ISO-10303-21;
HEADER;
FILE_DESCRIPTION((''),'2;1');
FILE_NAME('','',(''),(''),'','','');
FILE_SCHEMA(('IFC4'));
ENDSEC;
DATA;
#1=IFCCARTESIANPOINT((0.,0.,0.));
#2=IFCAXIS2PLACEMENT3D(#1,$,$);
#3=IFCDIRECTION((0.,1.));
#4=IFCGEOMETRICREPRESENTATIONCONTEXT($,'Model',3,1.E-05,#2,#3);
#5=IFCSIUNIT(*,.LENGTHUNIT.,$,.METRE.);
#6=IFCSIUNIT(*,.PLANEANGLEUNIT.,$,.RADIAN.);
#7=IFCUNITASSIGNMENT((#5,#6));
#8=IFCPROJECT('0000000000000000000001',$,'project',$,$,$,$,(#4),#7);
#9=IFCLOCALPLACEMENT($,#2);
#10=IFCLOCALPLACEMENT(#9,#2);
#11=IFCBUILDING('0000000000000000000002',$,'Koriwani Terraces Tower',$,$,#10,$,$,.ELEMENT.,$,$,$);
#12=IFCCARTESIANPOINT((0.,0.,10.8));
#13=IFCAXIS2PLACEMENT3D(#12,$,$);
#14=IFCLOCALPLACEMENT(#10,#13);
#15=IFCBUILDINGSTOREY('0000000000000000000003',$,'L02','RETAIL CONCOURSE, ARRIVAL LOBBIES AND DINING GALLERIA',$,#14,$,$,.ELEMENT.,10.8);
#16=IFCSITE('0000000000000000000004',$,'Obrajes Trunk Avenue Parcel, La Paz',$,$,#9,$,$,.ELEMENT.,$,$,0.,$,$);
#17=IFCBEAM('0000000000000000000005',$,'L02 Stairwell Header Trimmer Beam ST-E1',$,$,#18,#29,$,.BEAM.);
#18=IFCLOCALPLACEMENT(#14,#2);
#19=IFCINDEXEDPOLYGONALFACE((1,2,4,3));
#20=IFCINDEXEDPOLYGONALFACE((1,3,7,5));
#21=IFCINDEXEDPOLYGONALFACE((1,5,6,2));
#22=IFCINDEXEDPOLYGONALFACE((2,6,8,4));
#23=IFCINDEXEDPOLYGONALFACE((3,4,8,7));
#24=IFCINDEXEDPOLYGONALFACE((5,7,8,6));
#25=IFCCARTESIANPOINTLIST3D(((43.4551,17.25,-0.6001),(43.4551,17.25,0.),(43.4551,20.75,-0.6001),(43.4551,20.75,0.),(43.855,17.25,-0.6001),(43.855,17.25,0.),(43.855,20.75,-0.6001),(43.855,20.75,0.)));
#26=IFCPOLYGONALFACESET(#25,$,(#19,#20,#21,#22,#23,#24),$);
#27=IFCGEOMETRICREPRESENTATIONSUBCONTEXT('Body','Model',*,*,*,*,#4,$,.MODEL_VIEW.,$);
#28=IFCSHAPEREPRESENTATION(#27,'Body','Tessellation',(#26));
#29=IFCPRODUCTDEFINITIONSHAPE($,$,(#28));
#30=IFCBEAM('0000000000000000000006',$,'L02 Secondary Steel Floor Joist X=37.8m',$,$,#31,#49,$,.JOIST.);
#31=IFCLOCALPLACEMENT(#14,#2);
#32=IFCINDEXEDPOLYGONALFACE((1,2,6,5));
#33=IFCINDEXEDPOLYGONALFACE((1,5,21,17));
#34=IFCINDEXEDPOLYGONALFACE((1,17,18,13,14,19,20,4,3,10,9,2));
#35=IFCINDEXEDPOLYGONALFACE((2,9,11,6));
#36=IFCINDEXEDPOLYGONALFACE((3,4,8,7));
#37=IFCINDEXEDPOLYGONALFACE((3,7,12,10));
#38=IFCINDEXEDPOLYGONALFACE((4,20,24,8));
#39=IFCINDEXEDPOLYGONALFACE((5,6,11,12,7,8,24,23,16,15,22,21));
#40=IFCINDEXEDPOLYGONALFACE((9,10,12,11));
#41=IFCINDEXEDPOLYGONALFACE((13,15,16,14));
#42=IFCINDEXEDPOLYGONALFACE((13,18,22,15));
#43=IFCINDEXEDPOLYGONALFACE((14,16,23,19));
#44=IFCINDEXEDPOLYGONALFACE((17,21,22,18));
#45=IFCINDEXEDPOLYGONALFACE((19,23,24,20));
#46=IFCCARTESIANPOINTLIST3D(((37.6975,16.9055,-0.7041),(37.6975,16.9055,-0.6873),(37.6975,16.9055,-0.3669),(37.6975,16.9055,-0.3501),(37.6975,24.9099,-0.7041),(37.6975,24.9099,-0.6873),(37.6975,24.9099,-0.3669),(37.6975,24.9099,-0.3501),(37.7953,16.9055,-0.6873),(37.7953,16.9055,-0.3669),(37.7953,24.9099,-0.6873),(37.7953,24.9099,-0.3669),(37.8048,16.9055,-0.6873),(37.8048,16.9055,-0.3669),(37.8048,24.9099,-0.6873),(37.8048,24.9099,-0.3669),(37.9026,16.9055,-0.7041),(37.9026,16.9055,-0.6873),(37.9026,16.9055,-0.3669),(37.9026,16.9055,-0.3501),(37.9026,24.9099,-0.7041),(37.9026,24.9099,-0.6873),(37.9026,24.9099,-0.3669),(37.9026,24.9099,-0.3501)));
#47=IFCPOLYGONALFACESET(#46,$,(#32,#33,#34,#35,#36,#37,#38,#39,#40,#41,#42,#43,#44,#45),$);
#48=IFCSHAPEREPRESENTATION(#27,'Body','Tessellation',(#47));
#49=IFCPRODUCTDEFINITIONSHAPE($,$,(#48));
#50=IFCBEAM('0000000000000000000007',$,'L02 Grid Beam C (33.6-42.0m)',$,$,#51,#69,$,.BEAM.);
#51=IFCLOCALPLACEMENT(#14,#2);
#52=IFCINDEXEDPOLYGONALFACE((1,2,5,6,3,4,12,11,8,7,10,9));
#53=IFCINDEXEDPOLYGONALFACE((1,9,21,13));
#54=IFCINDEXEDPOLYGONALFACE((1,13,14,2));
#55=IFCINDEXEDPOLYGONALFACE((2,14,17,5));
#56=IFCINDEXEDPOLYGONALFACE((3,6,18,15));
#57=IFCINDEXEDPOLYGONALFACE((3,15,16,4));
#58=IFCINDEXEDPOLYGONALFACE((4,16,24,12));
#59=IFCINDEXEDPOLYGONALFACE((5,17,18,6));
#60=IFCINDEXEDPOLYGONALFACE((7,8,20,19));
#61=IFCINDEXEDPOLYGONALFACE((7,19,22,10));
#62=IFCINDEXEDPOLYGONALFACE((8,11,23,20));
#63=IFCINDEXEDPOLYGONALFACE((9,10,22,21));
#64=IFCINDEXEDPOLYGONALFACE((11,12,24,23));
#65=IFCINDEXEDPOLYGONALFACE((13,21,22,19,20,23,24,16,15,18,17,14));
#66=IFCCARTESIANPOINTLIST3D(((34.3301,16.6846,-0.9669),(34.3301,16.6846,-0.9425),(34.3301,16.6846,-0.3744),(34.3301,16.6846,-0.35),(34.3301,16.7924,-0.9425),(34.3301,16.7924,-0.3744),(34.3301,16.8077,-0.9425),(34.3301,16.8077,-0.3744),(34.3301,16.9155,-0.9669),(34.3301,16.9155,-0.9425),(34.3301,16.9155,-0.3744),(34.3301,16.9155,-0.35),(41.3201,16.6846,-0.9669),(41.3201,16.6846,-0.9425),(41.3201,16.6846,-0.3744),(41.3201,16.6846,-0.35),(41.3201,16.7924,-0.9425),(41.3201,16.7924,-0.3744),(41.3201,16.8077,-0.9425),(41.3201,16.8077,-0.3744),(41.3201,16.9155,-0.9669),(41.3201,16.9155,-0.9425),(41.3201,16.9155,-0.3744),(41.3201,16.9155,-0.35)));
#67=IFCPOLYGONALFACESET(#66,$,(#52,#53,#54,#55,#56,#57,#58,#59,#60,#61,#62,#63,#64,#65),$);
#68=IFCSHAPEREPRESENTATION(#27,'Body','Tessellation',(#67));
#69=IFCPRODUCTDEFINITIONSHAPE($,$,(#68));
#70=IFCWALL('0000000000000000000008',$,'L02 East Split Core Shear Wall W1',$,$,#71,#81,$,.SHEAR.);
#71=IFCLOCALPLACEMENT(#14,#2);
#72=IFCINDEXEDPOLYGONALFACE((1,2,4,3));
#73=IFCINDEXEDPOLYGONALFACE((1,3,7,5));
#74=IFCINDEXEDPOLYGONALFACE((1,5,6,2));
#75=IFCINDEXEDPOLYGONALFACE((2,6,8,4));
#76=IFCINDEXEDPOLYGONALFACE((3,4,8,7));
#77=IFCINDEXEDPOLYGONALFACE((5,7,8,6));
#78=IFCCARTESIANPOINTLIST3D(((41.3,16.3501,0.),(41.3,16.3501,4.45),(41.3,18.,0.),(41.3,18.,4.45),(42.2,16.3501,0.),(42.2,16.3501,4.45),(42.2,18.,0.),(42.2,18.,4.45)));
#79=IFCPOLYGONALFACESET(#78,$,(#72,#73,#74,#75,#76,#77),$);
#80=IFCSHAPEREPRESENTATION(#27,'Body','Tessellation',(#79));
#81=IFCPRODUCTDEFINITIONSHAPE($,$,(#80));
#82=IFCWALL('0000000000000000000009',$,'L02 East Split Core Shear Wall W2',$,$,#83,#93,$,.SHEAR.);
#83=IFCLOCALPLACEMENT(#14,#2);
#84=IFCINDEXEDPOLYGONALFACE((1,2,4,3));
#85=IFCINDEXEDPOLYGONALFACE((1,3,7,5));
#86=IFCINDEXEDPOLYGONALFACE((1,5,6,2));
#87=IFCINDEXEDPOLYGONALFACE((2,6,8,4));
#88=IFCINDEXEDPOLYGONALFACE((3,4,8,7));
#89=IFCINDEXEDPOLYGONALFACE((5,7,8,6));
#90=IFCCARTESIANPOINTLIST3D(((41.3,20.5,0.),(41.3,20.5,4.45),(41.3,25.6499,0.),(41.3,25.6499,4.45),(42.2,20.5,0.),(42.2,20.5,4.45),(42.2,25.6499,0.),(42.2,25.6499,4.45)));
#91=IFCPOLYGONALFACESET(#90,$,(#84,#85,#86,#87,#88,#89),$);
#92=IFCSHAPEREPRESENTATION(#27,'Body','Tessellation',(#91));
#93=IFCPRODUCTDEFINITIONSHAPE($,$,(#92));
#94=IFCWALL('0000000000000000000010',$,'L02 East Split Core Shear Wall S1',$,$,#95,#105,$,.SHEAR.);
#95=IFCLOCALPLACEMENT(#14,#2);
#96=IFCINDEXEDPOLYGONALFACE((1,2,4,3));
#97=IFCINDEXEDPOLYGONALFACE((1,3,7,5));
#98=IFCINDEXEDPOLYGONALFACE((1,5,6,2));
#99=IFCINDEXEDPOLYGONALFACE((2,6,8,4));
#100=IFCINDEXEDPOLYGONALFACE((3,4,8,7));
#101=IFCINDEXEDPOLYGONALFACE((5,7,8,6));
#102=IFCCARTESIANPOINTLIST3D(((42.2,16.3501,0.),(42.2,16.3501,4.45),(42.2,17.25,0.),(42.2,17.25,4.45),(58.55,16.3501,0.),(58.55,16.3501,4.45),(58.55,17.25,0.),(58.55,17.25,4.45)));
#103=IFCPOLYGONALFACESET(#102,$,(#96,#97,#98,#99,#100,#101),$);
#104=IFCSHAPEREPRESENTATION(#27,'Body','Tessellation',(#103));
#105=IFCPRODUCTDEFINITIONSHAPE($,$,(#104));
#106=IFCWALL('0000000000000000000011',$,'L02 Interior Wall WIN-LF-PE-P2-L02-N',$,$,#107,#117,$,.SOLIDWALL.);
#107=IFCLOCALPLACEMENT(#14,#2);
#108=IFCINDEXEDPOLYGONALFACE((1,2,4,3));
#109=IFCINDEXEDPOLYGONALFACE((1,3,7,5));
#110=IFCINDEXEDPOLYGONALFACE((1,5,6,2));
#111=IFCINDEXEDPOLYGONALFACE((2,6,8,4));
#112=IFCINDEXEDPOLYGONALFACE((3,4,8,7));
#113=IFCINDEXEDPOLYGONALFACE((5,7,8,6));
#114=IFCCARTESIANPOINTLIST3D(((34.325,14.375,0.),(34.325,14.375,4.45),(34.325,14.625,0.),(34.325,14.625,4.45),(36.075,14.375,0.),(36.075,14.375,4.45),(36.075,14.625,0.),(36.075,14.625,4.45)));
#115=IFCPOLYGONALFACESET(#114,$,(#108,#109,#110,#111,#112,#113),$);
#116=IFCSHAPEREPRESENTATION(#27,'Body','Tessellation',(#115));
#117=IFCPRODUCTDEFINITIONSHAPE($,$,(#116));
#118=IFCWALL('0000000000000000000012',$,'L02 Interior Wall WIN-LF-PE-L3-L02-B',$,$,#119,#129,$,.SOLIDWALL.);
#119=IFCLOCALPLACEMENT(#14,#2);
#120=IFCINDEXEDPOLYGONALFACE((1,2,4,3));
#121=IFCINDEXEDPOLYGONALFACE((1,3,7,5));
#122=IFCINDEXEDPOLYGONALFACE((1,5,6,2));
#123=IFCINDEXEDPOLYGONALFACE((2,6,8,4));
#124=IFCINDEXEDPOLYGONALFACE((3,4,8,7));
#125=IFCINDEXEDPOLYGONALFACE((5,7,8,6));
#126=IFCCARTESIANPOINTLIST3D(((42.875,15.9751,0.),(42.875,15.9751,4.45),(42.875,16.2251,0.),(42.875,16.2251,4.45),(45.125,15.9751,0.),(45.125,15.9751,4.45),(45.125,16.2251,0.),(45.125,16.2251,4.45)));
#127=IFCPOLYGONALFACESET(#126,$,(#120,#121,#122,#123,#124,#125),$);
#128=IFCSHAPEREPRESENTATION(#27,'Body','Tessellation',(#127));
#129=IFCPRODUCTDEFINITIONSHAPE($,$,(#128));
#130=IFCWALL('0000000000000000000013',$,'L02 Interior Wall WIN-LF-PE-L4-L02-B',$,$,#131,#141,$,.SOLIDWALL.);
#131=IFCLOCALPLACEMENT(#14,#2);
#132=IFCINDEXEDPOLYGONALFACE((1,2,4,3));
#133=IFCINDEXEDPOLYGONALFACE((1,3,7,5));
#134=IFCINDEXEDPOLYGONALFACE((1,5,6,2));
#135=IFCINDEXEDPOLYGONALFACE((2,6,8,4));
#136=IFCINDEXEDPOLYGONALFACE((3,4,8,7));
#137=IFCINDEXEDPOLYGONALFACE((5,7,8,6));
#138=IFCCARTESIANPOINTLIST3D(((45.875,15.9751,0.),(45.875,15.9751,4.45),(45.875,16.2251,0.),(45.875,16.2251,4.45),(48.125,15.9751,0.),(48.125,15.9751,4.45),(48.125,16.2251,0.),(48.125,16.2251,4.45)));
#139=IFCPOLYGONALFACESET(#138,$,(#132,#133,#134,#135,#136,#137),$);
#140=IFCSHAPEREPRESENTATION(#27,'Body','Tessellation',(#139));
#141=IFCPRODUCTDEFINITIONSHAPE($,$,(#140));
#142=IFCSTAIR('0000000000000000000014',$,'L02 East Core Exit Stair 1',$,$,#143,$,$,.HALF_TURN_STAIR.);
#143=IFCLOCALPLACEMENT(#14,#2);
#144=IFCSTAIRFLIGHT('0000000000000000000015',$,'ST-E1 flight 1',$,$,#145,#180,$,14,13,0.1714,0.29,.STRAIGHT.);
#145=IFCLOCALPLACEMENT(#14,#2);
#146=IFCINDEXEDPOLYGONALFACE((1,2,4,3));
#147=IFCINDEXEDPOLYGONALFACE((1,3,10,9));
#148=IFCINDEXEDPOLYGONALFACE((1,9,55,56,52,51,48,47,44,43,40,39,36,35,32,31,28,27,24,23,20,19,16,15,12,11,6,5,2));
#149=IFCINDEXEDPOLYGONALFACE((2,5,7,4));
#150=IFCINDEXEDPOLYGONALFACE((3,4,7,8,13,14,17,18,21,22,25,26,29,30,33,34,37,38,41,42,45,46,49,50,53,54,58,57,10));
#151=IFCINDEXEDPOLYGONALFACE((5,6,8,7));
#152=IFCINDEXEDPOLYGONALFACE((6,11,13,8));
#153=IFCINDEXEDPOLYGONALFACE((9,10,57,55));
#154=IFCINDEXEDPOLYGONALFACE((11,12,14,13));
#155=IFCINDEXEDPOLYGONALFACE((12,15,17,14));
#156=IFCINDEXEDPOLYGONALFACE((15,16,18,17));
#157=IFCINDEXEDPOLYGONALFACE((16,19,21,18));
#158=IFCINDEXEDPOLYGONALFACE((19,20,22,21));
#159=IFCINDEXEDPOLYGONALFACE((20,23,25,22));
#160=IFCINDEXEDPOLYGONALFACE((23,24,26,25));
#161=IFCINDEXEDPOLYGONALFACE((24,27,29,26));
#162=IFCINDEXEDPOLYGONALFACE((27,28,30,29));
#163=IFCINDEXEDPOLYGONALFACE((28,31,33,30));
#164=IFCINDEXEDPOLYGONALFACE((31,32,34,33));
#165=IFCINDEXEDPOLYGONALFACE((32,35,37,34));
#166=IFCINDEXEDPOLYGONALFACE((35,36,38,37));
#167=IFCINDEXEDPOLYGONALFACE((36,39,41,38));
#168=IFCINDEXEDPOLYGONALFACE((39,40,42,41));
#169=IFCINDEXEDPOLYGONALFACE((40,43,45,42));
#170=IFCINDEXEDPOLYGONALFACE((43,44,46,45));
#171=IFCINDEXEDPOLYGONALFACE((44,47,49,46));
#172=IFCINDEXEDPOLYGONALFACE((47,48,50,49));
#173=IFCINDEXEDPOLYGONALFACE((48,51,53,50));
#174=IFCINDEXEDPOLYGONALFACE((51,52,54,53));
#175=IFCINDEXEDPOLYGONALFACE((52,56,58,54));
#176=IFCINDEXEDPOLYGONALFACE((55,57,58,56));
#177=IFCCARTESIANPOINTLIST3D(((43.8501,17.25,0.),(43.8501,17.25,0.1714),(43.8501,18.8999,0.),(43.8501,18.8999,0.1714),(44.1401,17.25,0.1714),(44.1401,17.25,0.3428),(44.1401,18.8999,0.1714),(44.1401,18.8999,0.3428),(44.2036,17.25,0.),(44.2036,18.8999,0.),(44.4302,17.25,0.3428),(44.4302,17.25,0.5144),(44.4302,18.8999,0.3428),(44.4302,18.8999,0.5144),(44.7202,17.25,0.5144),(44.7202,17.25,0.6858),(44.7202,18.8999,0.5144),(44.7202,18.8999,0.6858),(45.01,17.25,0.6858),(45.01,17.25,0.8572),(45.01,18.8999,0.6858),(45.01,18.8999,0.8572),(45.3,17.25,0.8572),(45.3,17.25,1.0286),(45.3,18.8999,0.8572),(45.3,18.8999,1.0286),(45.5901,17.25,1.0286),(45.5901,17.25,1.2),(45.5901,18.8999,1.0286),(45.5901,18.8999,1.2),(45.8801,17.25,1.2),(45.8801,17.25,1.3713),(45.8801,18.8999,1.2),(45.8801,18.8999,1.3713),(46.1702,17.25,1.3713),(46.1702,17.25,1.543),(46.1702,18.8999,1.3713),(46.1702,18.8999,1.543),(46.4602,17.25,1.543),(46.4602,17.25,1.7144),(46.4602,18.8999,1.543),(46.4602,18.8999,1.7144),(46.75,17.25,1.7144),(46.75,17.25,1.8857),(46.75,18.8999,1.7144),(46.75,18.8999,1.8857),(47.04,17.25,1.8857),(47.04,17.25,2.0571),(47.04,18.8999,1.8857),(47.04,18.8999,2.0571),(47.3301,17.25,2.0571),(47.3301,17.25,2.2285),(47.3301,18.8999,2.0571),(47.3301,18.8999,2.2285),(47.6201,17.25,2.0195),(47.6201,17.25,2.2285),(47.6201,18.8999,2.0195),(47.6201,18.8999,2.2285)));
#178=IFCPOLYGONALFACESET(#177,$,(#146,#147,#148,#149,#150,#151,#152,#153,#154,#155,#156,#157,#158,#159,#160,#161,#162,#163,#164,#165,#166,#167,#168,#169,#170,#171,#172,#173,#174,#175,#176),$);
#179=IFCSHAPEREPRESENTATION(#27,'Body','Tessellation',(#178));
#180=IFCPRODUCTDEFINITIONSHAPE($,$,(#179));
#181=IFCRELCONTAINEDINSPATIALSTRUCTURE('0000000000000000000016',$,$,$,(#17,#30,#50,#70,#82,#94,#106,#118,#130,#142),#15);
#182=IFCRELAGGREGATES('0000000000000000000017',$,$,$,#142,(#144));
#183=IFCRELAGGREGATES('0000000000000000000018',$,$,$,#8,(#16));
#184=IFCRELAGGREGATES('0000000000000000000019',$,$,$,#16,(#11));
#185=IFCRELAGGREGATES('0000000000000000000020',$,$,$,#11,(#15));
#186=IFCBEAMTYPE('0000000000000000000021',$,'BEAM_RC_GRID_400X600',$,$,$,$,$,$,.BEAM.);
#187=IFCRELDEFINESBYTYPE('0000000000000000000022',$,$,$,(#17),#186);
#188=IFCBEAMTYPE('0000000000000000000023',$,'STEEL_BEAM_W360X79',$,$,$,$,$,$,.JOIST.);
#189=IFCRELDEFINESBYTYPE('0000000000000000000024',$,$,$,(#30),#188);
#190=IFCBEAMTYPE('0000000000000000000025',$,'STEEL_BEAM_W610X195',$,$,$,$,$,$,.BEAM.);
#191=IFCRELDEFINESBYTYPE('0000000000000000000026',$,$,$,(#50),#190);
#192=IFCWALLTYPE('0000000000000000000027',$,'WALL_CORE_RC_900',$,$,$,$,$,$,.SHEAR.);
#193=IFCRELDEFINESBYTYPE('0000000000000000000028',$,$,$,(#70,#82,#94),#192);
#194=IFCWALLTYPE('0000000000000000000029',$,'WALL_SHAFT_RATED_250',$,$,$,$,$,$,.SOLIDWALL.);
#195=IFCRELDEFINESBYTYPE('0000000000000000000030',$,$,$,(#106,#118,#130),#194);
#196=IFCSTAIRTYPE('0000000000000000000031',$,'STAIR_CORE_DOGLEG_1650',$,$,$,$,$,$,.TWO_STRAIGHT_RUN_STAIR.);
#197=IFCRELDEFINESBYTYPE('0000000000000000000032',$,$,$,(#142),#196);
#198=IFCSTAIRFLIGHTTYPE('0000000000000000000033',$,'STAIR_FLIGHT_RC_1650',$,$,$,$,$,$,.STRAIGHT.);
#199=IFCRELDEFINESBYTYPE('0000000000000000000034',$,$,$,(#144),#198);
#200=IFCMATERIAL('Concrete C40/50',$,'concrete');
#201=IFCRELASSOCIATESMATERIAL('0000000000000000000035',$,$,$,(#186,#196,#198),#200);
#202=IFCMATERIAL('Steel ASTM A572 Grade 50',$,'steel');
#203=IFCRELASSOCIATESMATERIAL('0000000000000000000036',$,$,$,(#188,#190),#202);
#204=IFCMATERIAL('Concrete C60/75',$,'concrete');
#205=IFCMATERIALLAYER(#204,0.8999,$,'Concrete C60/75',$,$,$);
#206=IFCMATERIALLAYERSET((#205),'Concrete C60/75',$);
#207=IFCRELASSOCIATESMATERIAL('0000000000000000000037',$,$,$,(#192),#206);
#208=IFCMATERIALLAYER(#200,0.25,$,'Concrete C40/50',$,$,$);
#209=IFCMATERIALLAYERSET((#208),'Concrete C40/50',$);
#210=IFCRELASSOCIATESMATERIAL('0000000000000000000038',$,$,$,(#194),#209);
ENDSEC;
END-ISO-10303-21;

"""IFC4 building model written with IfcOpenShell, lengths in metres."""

from ifc_helpers import new_model, si_unit, direction, frame, frame_2d, origin, origin_2d, place, context, subcontext, project, spatial, polyline, rectangle, i_section, outline, extrude, material, layer, layer_set, material_profile, profile_set, type_object, element, aggregate, save


model = new_model("IFC4")

# Units and contexts
model_context = context("Model", 3, precision=1e-05, world=origin(), true_north=direction((0.0, 1.0)))
body_context = subcontext(model_context, "Body", "Model", "MODEL_VIEW")
ifc_project = project(units=[si_unit("LENGTHUNIT", "METRE"), si_unit("PLANEANGLEUNIT", "RADIAN")], contexts=[model_context])

# Site, building, storey
site_placement = place(None, origin())
site = spatial("IfcSite", under=ifc_project, at=site_placement, Name="Obrajes Trunk Avenue Parcel, La Paz", CompositionType="ELEMENT", RefElevation=0.0)
building_placement = place(site_placement, origin())
building = spatial("IfcBuilding", under=site, at=building_placement, Name="Koriwani Terraces Tower", CompositionType="ELEMENT")
storey_placement = place(building_placement, frame((0.0, 0.0, 10.8)))
storey = spatial("IfcBuildingStorey", under=building, at=storey_placement, Name="L02", Description="RETAIL CONCOURSE, ARRIVAL LOBBIES AND DINING GALLERIA", CompositionType="ELEMENT", Elevation=10.8)

# Beams
ifc_material_1 = material(Name="Concrete C40/50", Category="concrete")
ifc_material_profile_1 = material_profile(ifc_material_1, rectangle(XDim=0.3999, YDim=0.6001, at=origin_2d()), Name="Concrete C40/50", Category="LoadBearing")
ifc_profile_set_1 = profile_set([ifc_material_profile_1], Name="Concrete C40/50")
beam_type_1 = type_object("IfcBeamType", Name="BEAM_RC_GRID_400X600", PredefinedType="BEAM", material=ifc_profile_set_1)
beam_1_placement = place(storey_placement, frame((43.655, 17.25, -0.3), z_axis=(0.0, 1.0, 0.0), x_axis=(-1.0, 0.0, 0.0)))
element("IfcBeam", 1, at=beam_1_placement, inside=storey, type_object=beam_type_1, Name="L02 Stairwell Header Trimmer Beam ST-E1", PredefinedType="BEAM", context=body_context, shape_type="SweptSolid", body=[
    extrude(rectangle(XDim=0.3999, YDim=0.6001, at=origin_2d()), origin(), (0.0, 0.0, 1.0), 3.5),
])
ifc_material_2 = material(Name="Steel ASTM A572 Grade 50", Category="steel")
ifc_material_profile_2 = material_profile(ifc_material_2, i_section(OverallWidth=0.2051, OverallDepth=0.354, WebThickness=0.0095, FlangeThickness=0.0168, at=origin_2d()), Name="Steel ASTM A572 Grade 50", Category="LoadBearing")
ifc_profile_set_2 = profile_set([ifc_material_profile_2], Name="Steel ASTM A572 Grade 50")
beam_type_2 = type_object("IfcBeamType", Name="STEEL_BEAM_W360X79", PredefinedType="JOIST", material=ifc_profile_set_2)
beam_2_placement = place(storey_placement, frame((37.8, 16.9055, -0.5271), z_axis=(0.0, 1.0, 0.0), x_axis=(-1.0, 0.0, 0.0)))
element("IfcBeam", 2, at=beam_2_placement, inside=storey, type_object=beam_type_2, Name="L02 Secondary Steel Floor Joist X=37.8m", PredefinedType="JOIST", context=body_context, shape_type="SweptSolid", body=[
    extrude(i_section(OverallWidth=0.2051, OverallDepth=0.354, WebThickness=0.0095, FlangeThickness=0.0168, at=origin_2d()), origin(), (0.0, 0.0, 1.0), 8.0044),
])
ifc_material_profile_3 = material_profile(ifc_material_2, i_section(OverallWidth=0.231, OverallDepth=0.6169, WebThickness=0.0154, FlangeThickness=0.0244, at=origin_2d()), Name="Steel ASTM A572 Grade 50", Category="LoadBearing")
ifc_profile_set_3 = profile_set([ifc_material_profile_3], Name="Steel ASTM A572 Grade 50")
beam_type_3 = type_object("IfcBeamType", Name="STEEL_BEAM_W610X195", PredefinedType="BEAM", material=ifc_profile_set_3)
beam_3_placement = place(storey_placement, frame((34.3301, 16.8, -0.6584), z_axis=(1.0, 0.0, 0.0), x_axis=(0.0, 1.0, 0.0)))
element("IfcBeam", 3, at=beam_3_placement, inside=storey, type_object=beam_type_3, Name="L02 Grid Beam C (33.6-42.0m)", PredefinedType="BEAM", context=body_context, shape_type="SweptSolid", body=[
    extrude(i_section(OverallWidth=0.231, OverallDepth=0.6169, WebThickness=0.0154, FlangeThickness=0.0244, at=origin_2d()), origin(), (0.0, 0.0, 1.0), 6.99),
])

# Walls
ifc_material_3 = material(Name="Concrete C60/75", Category="concrete")
ifc_layer_1 = layer(ifc_material_3, 0.8999, Name="Concrete C60/75")
ifc_layer_set_1 = layer_set([ifc_layer_1], Name="Concrete C60/75")
wall_type_1 = type_object("IfcWallType", Name="WALL_CORE_RC_900", PredefinedType="SHEAR", material=ifc_layer_set_1)
wall_1_placement = place(storey_placement, frame((41.75, 16.3501, 0.0), z_axis=(0.0, 0.0, 1.0), x_axis=(0.0, 1.0, 0.0)))
element("IfcWall", 4, at=wall_1_placement, inside=storey, type_object=wall_type_1, Name="L02 East Split Core Shear Wall W1", PredefinedType="SHEAR", context=body_context, shape_type="SweptSolid", body=[
    extrude(rectangle(XDim=1.6499, YDim=0.8999, at=frame_2d((0.825, 0.0))), origin(), (0.0, 0.0, 1.0), 4.45),
])
wall_2_placement = place(storey_placement, frame((41.75, 20.5, 0.0), z_axis=(0.0, 0.0, 1.0), x_axis=(0.0, 1.0, 0.0)))
element("IfcWall", 5, at=wall_2_placement, inside=storey, type_object=wall_type_1, Name="L02 East Split Core Shear Wall W2", PredefinedType="SHEAR", context=body_context, shape_type="SweptSolid", body=[
    extrude(rectangle(XDim=5.1499, YDim=0.8999, at=frame_2d((2.575, 0.0))), origin(), (0.0, 0.0, 1.0), 4.45),
])
wall_3_placement = place(storey_placement, frame((42.2, 16.8, 0.0), z_axis=(0.0, 0.0, 1.0), x_axis=(1.0, 0.0, 0.0)))
element("IfcWall", 6, at=wall_3_placement, inside=storey, type_object=wall_type_1, Name="L02 East Split Core Shear Wall S1", PredefinedType="SHEAR", context=body_context, shape_type="SweptSolid", body=[
    extrude(rectangle(XDim=16.3501, YDim=0.8999, at=frame_2d((8.175, 0.0))), origin(), (0.0, 0.0, 1.0), 4.45),
])

# Shared definitions
ifc_layer_2 = layer(ifc_material_1, 0.25, Name="Concrete C40/50")
ifc_layer_set_2 = layer_set([ifc_layer_2], Name="Concrete C40/50")
wall_type_2 = type_object("IfcWallType", Name="WALL_SHAFT_RATED_250", PredefinedType="SOLIDWALL", material=ifc_layer_set_2)

# Walls
wall_4_placement = place(storey_placement, frame((34.325, 14.5, 0.0), z_axis=(0.0, 0.0, 1.0), x_axis=(1.0, 0.0, 0.0)))
element("IfcWall", 7, at=wall_4_placement, inside=storey, type_object=wall_type_2, Name="L02 Interior Wall WIN-LF-PE-P2-L02-N", PredefinedType="SOLIDWALL", context=body_context, shape_type="SweptSolid", body=[
    extrude(rectangle(XDim=1.75, YDim=0.25, at=frame_2d((0.875, 0.0))), origin(), (0.0, 0.0, 1.0), 4.45),
])
for number, where, z_axis, x_axis, name in (
    (8, (42.875, 16.1001, 0.0), (0.0, 0.0, 1.0), (1.0, 0.0, 0.0), "L02 Interior Wall WIN-LF-PE-L3-L02-B"),
    (9, (45.875, 16.1001, 0.0), (0.0, 0.0, 1.0), (1.0, 0.0, 0.0), "L02 Interior Wall WIN-LF-PE-L4-L02-B"),
):
    element("IfcWall", number, at=place(storey_placement, frame(where, z_axis=z_axis, x_axis=x_axis)), inside=storey, type_object=wall_type_2, Name=name, PredefinedType="SOLIDWALL", context=body_context, shape_type="SweptSolid", body=[
        extrude(rectangle(XDim=2.25, YDim=0.25, at=frame_2d((1.125, 0.0))), origin(), (0.0, 0.0, 1.0), 4.45),
    ])

# Stair, stair flight
stair_type = type_object("IfcStairType", Name="STAIR_CORE_DOGLEG_1650", PredefinedType="TWO_STRAIGHT_RUN_STAIR", material=ifc_material_1)
stair_placement = place(storey_placement, origin())
stair = element("IfcStair", 10, at=stair_placement, inside=storey, type_object=stair_type, Name="L02 East Core Exit Stair 1", PredefinedType="HALF_TURN_STAIR")
stair_flight_type = type_object("IfcStairFlightType", Name="STAIR_FLIGHT_RC_1650", PredefinedType="STRAIGHT", material=ifc_material_1)
stair_flight_1_placement = place(storey_placement, frame((43.8501, 18.075, 0.0), z_axis=(0.0, 0.0, 1.0), x_axis=(1.0, 0.0, 0.0)))
stair_flight_1 = element("IfcStairFlight", 11, at=stair_flight_1_placement, type_object=stair_flight_type, Name="ST-E1 flight 1", NumberOfRisers=14, NumberOfTreads=13, PredefinedType="STRAIGHT", RiserHeight=0.1714, TreadLength=0.29, context=body_context, shape_type="SweptSolid", body=[
    extrude(outline(polyline([(0.0, 0.0), (0.0, 0.1714), (0.29, 0.1714), (0.29, 0.3428), (0.5801, 0.3428), (0.5801, 0.5144), (0.8701, 0.5144), (0.8701, 0.6858), (1.1599, 0.6858), (1.1599, 0.8572), (1.45, 0.8572), (1.45, 1.0286), (1.74, 1.0286), (1.74, 1.2), (2.03, 1.2), (2.03, 1.3713), (2.3201, 1.3713), (2.3201, 1.543), (2.6101, 1.543), (2.6101, 1.7144), (2.8999, 1.7144), (2.8999, 1.8857), (3.1899, 1.8857), (3.1899, 2.0571), (3.48, 2.0571), (3.48, 2.2285), (3.77, 2.2285), (3.77, 2.3999), (3.77, 2.0195), (0.3535, 0.0), (0.0, 0.0)])), frame((0.0, 0.825, 0.0), z_axis=(0.0, -1.0, 0.0), x_axis=(1.0, 0.0, 0.0)), (0.0, 0.0, 1.0), 1.6499),
])
aggregate(stair, [stair_flight_1])

save(model, "model.ifc")
